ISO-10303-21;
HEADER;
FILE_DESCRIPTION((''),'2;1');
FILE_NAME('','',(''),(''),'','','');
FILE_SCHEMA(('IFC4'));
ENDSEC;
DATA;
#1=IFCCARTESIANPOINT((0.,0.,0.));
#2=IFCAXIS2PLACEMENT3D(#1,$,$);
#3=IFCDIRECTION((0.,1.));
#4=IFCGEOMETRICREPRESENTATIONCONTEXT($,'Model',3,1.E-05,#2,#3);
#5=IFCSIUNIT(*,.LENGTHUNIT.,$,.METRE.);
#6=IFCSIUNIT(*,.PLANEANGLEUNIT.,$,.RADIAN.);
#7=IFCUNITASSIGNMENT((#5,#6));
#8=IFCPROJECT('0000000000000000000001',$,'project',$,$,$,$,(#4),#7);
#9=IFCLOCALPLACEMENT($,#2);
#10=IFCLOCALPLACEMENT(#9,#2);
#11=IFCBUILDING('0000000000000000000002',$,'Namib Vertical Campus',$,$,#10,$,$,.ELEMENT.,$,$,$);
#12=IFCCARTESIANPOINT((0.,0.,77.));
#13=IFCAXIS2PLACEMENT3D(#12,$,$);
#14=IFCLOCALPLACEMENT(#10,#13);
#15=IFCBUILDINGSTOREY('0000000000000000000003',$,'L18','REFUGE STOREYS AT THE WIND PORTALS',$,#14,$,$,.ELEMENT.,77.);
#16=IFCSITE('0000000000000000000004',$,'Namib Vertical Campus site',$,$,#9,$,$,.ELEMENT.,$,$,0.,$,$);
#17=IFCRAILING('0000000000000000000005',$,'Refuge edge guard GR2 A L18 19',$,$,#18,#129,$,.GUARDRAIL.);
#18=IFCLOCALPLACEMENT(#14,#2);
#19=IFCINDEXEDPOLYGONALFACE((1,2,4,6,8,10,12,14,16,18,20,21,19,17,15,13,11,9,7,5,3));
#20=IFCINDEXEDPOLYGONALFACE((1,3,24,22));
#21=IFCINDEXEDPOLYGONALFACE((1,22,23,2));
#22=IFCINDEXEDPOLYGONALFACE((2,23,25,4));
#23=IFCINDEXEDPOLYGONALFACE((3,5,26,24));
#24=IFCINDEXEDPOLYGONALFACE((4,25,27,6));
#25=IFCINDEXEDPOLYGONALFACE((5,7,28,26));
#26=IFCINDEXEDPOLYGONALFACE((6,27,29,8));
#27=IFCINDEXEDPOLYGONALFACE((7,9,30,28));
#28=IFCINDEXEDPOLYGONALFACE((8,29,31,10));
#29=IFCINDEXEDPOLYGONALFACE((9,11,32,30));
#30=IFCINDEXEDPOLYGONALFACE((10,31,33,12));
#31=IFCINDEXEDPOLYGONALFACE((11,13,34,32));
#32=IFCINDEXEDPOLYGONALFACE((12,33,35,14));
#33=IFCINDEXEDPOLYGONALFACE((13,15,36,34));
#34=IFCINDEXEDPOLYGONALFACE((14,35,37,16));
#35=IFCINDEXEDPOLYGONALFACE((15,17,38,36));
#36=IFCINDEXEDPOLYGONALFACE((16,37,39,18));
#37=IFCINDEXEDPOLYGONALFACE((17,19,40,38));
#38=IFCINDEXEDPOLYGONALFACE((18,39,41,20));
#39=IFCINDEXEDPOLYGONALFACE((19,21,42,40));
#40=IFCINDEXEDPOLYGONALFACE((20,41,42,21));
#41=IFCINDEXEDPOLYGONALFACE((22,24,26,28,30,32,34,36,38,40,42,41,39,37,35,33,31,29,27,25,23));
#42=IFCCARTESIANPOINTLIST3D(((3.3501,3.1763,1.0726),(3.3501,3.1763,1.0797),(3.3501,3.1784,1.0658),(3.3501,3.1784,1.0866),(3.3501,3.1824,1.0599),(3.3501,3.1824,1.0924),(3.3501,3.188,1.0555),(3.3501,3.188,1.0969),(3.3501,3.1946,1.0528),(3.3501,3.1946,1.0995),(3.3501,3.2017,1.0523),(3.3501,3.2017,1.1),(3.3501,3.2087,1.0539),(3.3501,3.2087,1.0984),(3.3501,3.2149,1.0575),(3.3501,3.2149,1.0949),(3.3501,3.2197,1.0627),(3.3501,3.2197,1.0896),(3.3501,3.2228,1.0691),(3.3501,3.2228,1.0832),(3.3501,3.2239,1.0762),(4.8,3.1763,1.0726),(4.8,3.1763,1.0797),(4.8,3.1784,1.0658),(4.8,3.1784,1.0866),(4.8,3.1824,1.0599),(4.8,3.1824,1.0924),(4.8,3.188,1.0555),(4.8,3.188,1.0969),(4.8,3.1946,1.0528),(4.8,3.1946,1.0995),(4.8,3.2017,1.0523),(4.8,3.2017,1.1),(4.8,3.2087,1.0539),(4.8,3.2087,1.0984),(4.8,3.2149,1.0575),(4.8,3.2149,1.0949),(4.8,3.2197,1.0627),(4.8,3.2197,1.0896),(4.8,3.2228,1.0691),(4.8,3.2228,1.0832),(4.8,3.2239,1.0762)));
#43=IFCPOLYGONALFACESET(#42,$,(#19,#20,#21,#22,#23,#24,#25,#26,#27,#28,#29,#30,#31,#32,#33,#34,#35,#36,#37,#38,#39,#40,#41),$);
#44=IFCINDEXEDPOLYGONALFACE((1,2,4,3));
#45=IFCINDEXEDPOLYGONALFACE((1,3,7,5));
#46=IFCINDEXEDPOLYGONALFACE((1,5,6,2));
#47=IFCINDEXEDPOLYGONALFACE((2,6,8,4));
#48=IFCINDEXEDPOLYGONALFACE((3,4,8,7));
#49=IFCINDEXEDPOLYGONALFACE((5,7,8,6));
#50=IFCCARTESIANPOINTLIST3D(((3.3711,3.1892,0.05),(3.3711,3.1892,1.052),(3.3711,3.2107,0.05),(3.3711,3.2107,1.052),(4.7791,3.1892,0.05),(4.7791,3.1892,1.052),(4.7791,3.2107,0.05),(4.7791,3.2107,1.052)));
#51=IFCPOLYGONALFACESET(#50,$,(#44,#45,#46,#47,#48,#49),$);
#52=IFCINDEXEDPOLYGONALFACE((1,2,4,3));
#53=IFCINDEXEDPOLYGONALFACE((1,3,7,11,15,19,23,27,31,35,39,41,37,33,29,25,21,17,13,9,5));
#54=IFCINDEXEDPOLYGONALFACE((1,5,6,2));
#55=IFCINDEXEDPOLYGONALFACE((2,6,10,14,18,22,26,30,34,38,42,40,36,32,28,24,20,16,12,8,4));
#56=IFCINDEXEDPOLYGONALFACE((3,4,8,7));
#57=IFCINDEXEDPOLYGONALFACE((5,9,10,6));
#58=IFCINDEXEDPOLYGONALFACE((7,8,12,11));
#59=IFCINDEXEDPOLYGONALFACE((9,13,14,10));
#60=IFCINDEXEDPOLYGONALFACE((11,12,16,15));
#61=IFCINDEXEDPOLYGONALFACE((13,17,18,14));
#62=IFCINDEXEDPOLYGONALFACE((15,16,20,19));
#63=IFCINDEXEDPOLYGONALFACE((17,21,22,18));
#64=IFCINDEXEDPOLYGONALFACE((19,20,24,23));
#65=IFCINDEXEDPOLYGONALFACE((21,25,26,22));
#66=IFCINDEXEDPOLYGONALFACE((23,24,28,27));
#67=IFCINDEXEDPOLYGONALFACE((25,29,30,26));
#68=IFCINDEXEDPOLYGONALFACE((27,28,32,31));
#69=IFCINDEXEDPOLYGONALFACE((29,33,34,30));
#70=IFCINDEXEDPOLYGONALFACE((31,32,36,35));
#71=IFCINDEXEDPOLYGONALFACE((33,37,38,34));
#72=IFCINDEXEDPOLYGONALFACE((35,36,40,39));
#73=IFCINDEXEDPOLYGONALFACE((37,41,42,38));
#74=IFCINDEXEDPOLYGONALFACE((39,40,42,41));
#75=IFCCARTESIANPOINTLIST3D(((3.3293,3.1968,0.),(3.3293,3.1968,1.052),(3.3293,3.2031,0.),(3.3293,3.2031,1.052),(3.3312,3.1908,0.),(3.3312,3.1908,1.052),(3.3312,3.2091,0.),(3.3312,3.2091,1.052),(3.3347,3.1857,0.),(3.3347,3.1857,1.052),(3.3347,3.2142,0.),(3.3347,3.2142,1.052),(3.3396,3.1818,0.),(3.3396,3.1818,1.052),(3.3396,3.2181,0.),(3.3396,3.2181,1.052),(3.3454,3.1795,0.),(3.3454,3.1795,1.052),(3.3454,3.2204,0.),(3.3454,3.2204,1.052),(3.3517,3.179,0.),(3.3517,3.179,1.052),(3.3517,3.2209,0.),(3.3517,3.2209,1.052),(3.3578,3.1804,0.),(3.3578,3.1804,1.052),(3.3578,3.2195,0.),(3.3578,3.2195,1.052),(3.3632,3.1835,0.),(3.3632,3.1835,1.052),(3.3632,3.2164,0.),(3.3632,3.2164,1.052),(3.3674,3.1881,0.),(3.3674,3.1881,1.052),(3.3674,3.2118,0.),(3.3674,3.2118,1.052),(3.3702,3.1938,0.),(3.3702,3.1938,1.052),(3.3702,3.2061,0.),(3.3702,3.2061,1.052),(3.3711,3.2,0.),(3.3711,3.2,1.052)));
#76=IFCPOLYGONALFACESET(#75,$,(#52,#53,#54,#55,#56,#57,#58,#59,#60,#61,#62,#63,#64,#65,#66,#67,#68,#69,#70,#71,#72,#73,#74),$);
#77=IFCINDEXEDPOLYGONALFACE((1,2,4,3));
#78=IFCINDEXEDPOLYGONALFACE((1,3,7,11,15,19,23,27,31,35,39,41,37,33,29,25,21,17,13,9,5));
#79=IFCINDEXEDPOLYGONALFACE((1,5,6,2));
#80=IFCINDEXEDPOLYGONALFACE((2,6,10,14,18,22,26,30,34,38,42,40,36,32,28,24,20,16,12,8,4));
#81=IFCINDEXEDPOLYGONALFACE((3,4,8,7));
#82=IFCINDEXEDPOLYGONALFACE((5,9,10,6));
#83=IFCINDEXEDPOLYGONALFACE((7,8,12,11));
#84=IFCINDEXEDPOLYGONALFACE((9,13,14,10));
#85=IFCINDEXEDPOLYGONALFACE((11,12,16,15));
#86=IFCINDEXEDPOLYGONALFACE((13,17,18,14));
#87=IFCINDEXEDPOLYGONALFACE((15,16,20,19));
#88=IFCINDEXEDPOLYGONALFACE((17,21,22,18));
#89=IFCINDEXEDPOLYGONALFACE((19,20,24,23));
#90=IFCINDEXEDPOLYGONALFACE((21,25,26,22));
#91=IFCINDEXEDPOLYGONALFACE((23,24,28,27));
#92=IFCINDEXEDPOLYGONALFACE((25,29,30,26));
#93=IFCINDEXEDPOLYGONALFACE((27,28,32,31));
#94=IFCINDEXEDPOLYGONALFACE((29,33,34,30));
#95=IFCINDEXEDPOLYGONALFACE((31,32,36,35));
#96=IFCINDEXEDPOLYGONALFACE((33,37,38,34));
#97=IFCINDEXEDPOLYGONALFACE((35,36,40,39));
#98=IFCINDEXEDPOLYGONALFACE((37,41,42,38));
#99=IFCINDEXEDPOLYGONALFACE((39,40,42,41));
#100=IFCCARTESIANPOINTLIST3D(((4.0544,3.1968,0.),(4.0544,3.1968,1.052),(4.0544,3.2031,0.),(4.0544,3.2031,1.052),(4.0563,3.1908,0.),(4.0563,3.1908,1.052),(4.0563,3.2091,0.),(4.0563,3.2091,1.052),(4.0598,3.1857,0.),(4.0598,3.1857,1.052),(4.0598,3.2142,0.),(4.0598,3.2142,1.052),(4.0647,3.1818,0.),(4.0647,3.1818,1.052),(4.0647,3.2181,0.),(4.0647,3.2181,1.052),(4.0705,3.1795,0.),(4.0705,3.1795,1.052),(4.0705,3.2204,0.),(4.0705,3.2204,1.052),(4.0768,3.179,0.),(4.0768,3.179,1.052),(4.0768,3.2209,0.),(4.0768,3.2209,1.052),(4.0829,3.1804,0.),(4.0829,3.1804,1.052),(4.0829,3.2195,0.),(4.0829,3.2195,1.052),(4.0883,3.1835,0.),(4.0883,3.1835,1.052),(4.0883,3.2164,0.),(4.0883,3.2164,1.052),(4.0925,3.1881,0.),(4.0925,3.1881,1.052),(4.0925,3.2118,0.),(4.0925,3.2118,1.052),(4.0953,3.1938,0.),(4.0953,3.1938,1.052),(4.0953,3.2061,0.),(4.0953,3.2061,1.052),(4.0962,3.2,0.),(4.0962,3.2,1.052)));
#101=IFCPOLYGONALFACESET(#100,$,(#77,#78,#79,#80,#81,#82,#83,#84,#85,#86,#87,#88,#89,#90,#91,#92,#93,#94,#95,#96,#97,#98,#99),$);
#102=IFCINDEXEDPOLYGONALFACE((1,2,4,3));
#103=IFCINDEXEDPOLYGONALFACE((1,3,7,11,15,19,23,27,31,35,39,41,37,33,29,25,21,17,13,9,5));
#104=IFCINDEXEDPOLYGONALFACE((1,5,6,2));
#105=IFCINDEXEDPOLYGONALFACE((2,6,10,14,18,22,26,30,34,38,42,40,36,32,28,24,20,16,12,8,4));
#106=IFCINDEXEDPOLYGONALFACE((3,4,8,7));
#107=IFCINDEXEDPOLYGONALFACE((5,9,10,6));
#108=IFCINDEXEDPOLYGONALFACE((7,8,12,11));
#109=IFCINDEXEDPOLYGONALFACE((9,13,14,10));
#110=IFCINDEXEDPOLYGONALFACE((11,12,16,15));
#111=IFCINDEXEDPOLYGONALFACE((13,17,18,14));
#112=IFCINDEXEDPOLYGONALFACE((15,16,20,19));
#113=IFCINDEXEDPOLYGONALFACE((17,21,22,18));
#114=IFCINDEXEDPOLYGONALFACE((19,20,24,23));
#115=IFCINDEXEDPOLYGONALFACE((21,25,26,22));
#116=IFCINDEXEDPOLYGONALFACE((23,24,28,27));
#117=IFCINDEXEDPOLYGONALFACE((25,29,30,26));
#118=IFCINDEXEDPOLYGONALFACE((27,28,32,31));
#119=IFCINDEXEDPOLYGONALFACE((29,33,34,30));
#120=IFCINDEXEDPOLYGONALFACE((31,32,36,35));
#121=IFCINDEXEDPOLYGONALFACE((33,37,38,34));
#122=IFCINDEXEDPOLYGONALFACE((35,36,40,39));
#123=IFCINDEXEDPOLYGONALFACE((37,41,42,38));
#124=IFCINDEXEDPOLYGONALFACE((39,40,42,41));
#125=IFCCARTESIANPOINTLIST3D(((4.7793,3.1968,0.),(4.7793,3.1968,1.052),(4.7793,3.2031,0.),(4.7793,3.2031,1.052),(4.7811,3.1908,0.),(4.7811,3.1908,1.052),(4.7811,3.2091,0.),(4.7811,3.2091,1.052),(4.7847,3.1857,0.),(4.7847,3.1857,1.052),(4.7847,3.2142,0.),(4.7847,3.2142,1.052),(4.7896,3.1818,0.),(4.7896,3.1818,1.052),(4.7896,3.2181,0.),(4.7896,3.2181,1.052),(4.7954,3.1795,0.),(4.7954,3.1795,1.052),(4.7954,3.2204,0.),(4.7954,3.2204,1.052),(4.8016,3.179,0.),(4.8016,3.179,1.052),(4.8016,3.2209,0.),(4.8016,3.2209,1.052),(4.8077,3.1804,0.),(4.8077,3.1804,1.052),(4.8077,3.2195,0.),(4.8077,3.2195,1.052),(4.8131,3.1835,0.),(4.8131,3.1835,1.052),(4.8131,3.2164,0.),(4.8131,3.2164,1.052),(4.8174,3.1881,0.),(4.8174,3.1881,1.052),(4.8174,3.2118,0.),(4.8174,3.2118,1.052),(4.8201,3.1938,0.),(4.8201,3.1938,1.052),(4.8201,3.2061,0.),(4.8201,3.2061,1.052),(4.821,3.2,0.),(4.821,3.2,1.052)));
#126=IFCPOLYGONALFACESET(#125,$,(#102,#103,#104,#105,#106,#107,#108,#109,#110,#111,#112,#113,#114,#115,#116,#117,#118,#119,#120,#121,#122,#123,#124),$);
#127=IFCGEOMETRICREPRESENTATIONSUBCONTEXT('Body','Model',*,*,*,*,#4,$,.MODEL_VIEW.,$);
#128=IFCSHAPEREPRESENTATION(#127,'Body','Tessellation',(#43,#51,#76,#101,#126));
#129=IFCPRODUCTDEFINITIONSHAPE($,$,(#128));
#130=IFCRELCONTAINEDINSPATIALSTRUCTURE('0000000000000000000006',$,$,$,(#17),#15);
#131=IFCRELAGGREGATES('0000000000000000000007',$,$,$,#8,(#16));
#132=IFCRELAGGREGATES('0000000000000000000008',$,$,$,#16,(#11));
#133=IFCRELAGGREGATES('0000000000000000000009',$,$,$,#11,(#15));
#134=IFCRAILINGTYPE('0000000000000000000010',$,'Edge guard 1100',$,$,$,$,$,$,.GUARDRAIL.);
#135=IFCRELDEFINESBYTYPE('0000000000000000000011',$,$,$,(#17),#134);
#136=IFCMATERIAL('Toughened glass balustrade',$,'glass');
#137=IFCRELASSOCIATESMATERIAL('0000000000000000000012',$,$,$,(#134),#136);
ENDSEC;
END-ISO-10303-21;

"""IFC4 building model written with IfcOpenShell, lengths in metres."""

from ifc_helpers import new_model, si_unit, direction, frame, origin, origin_2d, place, context, subcontext, project, spatial, polyline, circle, outline, extrude, material, type_object, element, save


model = new_model("IFC4")

# Units and contexts
model_context = context("Model", 3, precision=1e-05, world=origin(), true_north=direction((0.0, 1.0)))
body_context = subcontext(model_context, "Body", "Model", "MODEL_VIEW")
ifc_project = project(units=[si_unit("LENGTHUNIT", "METRE"), si_unit("PLANEANGLEUNIT", "RADIAN")], contexts=[model_context])

# Site, building, storey
site_placement = place(None, origin())
site = spatial("IfcSite", under=ifc_project, at=site_placement, Name="Namib Vertical Campus site", CompositionType="ELEMENT", RefElevation=0.0)
building_placement = place(site_placement, origin())
building = spatial("IfcBuilding", under=site, at=building_placement, Name="Namib Vertical Campus", CompositionType="ELEMENT")
storey_placement = place(building_placement, frame((0.0, 0.0, 77.0)))
storey = spatial("IfcBuildingStorey", under=building, at=storey_placement, Name="L18", Description="REFUGE STOREYS AT THE WIND PORTALS", CompositionType="ELEMENT", Elevation=77.0)

# Railing
ifc_material_1 = material(Name="Toughened glass balustrade", Category="glass")
railing_type = type_object("IfcRailingType", Name="Edge guard 1100", PredefinedType="GUARDRAIL", material=ifc_material_1)
railing_1_placement = place(storey_placement, frame((3.3501, 3.2, 0.0)))
element("IfcRailing", 1, at=railing_1_placement, inside=storey, type_object=railing_type, Name="Refuge edge guard GR2 A L18 19", PredefinedType="GUARDRAIL", context=body_context, shape_type="SweptSolid", body=[
    extrude(circle(Radius=0.0239, at=origin_2d()), frame((0.0, 0.0, 1.0762), z_axis=(1.0, 0.0, 0.0), x_axis=(0.0, 1.0, 0.0)), (0.0, 0.0, 1.0), 1.45),
    extrude(outline(polyline([(0.021, 0.05), (1.429, 0.05), (1.429, 1.052), (0.021, 1.052), (0.021, 0.05)])), frame((0.0, 0.0107, 0.0), z_axis=(0.0, -1.0, 0.0), x_axis=(1.0, 0.0, 0.0)), (0.0, 0.0, 1.0), 0.0215),
    extrude(circle(Radius=0.021, at=origin_2d()), origin(), (0.0, 0.0, 1.0), 1.052),
    extrude(circle(Radius=0.021, at=origin_2d()), frame((0.7251, 0.0, 0.0)), (0.0, 0.0, 1.0), 1.052),
    extrude(circle(Radius=0.021, at=origin_2d()), frame((1.45, 0.0, 0.0)), (0.0, 0.0, 1.0), 1.052),
])

save(model, "model.ifc")
